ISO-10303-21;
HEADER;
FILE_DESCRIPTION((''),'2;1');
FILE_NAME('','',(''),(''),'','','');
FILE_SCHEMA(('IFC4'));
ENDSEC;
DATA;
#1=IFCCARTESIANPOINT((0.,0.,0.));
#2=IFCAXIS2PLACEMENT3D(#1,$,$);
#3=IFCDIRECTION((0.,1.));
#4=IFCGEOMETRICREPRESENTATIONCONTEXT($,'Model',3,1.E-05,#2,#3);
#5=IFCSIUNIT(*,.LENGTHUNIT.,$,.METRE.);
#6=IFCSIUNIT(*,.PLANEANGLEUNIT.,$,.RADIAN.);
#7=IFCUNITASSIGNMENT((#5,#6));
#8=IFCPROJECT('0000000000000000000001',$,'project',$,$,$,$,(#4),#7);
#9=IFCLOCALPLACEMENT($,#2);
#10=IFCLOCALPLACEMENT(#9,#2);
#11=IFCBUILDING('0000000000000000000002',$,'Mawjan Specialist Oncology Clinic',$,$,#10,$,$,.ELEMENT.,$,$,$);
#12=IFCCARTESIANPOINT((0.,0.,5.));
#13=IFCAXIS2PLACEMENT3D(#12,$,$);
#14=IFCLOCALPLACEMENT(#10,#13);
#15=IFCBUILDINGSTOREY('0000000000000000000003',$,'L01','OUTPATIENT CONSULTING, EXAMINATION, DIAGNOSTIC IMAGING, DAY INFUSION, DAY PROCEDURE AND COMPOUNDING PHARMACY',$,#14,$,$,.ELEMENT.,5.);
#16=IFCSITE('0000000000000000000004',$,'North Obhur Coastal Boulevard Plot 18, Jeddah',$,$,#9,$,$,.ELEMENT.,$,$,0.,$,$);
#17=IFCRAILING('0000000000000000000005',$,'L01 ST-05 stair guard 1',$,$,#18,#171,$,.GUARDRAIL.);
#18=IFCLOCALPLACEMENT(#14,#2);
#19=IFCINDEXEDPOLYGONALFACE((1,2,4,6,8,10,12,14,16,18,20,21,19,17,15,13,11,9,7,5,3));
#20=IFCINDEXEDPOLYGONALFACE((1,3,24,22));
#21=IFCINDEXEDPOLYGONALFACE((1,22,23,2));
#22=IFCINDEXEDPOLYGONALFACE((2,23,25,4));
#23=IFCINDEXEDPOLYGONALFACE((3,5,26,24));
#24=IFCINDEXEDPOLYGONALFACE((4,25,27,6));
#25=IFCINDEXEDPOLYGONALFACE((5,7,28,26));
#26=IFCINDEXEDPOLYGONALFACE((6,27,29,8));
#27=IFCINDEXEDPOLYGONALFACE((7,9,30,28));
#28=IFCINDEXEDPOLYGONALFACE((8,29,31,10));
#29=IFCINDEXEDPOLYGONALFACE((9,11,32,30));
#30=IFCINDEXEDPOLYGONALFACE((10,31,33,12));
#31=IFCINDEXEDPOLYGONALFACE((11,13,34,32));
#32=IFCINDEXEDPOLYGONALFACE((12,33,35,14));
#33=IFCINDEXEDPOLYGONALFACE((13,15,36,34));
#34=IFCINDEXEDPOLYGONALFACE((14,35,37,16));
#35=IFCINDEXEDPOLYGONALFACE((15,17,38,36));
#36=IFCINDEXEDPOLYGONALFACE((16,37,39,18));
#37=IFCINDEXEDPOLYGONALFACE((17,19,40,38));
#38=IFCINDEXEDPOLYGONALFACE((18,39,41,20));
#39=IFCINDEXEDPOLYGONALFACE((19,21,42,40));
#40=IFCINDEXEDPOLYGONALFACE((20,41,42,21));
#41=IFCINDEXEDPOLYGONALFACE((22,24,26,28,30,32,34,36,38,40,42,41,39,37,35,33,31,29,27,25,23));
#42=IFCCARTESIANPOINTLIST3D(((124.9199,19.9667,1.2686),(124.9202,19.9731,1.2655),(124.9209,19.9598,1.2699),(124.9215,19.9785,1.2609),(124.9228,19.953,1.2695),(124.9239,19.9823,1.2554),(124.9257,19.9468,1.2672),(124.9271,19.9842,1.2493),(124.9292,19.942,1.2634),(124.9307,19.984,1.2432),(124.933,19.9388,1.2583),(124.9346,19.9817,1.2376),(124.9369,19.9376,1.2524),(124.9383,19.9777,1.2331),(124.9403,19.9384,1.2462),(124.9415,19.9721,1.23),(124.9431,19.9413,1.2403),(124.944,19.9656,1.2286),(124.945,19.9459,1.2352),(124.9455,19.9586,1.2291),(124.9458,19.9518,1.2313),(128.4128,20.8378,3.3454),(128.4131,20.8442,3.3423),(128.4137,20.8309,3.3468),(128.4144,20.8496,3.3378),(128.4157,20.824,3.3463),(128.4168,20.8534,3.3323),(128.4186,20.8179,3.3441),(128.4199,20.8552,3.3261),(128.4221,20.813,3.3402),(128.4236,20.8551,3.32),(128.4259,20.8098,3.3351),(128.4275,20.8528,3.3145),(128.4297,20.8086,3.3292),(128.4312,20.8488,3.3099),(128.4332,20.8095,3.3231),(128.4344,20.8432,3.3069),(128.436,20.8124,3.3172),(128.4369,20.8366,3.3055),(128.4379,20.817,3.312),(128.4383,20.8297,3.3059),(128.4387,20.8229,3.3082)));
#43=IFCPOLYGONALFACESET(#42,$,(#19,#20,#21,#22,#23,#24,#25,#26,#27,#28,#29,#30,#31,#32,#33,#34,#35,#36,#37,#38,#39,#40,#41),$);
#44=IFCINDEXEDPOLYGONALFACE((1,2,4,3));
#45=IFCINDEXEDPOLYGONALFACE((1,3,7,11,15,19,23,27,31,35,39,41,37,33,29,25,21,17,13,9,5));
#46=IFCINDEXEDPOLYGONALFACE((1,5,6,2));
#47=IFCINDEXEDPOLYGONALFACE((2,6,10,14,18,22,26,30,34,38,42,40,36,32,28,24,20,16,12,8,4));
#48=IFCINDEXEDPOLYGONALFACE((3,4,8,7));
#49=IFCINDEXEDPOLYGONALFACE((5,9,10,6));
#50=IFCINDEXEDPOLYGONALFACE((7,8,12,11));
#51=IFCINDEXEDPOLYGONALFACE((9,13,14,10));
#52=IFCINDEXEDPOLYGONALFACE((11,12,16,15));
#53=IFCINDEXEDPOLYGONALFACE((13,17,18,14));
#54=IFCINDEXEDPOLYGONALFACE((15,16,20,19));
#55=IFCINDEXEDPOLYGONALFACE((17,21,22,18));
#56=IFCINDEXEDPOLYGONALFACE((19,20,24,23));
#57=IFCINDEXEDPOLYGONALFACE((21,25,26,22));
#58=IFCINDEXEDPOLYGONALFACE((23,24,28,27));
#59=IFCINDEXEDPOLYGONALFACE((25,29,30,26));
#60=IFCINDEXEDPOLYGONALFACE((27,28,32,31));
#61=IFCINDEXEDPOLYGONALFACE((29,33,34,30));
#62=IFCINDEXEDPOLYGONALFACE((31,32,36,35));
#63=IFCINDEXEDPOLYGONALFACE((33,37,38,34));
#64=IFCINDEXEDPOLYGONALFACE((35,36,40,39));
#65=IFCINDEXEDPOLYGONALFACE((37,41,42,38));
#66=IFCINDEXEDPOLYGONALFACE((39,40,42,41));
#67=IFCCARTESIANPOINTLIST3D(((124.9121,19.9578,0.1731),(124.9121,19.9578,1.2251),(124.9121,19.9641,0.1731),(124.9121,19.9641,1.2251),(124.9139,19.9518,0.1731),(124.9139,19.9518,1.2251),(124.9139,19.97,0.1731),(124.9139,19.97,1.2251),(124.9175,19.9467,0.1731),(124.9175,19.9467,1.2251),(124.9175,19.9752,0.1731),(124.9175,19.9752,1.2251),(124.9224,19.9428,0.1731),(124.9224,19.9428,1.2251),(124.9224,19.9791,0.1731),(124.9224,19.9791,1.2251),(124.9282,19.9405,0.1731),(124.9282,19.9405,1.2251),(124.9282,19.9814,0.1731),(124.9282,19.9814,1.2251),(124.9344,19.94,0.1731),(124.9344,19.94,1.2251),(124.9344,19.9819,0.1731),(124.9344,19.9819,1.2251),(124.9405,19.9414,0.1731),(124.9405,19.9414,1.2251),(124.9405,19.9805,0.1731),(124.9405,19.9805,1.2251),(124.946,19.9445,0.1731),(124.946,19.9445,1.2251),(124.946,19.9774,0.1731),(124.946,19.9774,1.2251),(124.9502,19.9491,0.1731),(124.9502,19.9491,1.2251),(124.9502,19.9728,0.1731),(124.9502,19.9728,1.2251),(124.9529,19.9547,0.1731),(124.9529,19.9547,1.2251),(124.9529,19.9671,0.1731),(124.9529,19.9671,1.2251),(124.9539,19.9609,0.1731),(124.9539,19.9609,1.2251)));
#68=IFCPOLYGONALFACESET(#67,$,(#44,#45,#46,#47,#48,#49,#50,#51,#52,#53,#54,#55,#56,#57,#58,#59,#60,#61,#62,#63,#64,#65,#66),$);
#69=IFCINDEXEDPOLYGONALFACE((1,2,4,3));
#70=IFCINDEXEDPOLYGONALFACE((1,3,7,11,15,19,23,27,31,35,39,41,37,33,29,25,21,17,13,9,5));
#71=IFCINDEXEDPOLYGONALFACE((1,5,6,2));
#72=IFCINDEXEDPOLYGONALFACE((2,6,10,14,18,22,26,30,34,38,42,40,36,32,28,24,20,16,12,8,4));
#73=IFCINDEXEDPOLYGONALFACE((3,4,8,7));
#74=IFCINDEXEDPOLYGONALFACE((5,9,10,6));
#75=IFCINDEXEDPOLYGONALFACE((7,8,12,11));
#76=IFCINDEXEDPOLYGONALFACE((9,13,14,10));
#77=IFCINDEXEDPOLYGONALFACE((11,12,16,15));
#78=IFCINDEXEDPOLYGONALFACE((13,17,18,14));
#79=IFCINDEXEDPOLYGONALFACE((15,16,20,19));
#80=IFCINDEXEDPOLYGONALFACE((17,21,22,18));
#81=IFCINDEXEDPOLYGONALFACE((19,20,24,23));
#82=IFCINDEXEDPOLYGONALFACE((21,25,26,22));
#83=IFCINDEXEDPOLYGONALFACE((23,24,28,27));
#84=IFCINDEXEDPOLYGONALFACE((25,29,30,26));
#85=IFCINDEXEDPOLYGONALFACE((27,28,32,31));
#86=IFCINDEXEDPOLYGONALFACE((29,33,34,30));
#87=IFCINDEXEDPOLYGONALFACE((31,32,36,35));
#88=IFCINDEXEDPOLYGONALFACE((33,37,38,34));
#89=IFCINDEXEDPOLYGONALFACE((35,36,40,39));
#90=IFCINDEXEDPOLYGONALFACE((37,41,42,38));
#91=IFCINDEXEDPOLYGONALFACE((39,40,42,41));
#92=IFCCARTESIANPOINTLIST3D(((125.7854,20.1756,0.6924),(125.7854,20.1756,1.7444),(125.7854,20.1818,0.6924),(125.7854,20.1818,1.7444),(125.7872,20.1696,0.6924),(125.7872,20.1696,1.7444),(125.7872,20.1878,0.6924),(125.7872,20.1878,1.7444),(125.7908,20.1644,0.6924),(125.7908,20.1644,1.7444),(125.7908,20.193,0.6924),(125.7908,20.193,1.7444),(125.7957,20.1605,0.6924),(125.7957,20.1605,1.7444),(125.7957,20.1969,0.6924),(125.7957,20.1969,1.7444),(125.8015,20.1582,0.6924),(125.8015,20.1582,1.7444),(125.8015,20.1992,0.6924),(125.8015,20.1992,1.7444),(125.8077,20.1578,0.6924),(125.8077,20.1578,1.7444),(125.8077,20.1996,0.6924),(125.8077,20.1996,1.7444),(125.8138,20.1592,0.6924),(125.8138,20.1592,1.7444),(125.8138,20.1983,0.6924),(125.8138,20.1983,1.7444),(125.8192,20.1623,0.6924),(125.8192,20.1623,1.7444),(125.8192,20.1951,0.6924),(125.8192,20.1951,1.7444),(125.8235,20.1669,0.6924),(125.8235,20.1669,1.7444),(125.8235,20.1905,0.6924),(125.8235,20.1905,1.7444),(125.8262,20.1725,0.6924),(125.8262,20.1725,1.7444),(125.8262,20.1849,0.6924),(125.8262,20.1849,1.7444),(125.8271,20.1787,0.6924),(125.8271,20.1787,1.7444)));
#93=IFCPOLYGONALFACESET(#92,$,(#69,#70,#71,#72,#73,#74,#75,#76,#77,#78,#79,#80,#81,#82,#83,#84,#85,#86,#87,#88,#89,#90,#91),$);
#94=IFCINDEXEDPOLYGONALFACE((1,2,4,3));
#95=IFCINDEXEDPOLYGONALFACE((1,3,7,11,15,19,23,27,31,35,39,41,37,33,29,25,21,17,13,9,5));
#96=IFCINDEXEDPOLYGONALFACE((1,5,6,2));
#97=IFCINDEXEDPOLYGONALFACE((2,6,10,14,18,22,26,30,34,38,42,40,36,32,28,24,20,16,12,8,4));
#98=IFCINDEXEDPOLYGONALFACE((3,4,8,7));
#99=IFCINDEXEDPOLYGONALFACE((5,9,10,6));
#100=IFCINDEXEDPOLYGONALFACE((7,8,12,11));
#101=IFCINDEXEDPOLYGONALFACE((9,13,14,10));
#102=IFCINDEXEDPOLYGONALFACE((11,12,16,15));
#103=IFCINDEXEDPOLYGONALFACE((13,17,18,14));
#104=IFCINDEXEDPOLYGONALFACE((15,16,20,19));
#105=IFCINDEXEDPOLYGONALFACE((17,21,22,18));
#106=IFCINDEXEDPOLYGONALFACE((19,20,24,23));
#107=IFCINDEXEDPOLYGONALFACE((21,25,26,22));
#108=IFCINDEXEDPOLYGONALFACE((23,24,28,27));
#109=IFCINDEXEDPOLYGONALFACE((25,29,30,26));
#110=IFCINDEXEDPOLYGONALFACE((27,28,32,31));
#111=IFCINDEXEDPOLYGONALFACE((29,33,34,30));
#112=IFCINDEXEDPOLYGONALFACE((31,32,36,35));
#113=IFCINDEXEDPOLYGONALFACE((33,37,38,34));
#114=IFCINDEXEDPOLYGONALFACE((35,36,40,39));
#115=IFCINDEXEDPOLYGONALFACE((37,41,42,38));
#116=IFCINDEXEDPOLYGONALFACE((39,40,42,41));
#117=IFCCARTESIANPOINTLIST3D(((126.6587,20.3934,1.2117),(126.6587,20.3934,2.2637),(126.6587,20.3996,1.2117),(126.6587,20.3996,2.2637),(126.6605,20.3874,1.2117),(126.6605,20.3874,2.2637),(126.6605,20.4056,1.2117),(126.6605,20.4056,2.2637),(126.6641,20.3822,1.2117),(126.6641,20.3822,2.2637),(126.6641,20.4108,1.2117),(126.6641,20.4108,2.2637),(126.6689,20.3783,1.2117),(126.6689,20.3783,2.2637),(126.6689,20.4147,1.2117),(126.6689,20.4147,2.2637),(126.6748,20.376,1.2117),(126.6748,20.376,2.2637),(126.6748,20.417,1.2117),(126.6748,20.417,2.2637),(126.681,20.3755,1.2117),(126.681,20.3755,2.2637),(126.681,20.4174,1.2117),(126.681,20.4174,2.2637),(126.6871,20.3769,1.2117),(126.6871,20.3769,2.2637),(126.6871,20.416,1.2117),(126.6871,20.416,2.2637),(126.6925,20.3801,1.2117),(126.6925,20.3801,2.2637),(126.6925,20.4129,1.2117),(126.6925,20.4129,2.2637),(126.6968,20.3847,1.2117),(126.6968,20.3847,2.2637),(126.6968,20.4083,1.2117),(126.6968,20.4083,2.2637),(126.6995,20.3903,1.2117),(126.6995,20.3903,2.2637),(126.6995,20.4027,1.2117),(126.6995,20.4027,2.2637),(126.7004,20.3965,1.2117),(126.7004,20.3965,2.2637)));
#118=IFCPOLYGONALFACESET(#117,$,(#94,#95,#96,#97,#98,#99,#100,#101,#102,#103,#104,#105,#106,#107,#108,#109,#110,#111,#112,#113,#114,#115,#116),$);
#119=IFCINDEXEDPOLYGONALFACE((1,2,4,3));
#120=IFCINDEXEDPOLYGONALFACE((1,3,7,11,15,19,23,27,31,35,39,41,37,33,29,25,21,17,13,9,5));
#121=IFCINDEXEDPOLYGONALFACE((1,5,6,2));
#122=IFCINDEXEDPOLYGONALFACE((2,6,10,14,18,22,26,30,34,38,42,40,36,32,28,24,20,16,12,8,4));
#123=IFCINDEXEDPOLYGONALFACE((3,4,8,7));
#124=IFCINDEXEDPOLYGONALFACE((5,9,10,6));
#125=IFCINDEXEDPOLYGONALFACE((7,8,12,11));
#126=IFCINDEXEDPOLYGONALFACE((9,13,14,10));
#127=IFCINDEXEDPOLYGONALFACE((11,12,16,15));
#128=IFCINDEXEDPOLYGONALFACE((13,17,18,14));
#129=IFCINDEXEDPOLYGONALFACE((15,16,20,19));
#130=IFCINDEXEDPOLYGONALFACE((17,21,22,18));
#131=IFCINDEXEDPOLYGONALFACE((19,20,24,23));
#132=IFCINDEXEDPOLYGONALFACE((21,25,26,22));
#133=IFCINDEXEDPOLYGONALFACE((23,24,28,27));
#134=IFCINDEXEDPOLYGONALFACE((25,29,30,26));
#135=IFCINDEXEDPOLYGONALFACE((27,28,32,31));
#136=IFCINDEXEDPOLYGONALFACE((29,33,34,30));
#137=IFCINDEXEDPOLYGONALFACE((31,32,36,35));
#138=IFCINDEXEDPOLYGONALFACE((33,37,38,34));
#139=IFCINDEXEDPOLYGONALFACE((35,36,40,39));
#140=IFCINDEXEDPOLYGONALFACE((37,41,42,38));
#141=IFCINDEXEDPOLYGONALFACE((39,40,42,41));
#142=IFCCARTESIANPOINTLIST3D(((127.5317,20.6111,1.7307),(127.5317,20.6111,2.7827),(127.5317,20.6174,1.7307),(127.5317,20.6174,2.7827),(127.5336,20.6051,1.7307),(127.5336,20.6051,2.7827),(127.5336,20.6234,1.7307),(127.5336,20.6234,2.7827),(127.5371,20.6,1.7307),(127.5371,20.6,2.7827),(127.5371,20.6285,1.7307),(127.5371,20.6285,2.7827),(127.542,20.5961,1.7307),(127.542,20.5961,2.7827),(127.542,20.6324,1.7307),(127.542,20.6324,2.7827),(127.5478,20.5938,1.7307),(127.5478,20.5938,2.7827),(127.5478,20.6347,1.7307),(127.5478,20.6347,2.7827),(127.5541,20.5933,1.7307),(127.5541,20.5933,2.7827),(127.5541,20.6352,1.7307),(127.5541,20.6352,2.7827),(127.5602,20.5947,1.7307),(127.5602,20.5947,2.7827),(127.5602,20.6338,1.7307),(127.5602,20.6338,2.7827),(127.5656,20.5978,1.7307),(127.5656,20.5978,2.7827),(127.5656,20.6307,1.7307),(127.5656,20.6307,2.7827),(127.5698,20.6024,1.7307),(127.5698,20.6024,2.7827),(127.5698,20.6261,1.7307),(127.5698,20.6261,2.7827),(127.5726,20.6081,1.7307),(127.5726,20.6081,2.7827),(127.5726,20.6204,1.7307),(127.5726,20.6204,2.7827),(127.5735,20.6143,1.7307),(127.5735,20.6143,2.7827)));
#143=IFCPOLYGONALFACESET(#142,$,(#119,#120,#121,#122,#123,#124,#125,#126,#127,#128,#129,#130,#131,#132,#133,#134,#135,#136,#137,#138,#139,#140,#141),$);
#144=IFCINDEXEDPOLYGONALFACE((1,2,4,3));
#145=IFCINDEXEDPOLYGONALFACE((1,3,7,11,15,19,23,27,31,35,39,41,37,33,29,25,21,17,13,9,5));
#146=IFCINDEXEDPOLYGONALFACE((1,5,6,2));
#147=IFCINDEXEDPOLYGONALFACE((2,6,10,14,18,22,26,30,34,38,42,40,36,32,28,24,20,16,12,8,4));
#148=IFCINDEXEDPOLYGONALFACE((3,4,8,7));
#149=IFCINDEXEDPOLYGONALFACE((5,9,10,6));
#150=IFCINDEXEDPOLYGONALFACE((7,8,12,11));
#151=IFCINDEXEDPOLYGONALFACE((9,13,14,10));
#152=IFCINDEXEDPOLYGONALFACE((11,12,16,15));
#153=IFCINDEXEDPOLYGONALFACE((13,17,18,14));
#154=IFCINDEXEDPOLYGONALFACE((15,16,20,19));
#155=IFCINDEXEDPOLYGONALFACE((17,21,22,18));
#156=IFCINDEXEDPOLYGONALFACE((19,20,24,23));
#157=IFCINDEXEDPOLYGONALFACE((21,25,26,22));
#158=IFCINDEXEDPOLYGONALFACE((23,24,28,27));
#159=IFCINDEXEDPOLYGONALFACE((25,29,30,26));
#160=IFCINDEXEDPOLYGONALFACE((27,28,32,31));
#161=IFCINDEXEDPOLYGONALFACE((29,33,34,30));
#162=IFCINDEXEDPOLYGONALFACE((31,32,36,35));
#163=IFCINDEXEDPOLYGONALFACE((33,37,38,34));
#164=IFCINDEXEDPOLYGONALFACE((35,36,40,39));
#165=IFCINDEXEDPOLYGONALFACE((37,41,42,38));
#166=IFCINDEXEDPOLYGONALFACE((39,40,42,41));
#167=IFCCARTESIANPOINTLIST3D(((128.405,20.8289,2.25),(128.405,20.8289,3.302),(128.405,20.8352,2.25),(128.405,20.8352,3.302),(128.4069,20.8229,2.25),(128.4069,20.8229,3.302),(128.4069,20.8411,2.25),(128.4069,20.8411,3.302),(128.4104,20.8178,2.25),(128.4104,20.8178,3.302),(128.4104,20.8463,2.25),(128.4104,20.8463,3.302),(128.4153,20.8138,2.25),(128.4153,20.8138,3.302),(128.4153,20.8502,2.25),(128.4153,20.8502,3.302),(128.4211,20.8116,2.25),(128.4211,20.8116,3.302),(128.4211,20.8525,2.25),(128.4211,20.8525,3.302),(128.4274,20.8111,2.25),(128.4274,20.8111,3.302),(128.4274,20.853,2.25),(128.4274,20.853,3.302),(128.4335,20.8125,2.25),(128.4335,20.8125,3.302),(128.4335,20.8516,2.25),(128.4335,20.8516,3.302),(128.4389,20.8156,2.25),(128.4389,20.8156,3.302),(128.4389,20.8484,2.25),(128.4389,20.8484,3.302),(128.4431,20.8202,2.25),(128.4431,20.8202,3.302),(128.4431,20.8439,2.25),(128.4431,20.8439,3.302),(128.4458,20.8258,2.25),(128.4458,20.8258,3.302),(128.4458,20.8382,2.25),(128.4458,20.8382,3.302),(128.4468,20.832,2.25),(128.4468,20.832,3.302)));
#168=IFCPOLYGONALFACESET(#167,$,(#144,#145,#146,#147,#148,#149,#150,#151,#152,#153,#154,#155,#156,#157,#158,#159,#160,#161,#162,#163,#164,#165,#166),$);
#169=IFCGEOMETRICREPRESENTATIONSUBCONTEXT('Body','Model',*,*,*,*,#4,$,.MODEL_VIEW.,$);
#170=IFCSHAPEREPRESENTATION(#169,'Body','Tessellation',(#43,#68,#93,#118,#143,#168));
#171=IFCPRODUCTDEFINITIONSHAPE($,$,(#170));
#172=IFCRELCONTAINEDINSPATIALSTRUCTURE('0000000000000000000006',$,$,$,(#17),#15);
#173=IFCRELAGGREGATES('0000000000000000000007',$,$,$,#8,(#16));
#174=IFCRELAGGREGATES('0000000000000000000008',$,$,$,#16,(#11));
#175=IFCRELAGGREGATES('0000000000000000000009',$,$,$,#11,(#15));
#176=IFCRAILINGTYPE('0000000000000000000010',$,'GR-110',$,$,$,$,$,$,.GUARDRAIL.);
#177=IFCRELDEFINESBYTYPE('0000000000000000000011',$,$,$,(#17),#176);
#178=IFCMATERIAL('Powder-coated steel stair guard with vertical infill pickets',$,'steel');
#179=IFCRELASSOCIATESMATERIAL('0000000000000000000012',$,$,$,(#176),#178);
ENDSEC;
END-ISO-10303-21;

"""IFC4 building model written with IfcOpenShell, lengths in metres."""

from ifc_helpers import new_model, si_unit, direction, frame, origin, origin_2d, place, context, subcontext, project, spatial, circle, extrude, material, type_object, element, save


model = new_model("IFC4")

# Units and contexts
model_context = context("Model", 3, precision=1e-05, world=origin(), true_north=direction((0.0, 1.0)))
body_context = subcontext(model_context, "Body", "Model", "MODEL_VIEW")
ifc_project = project(units=[si_unit("LENGTHUNIT", "METRE"), si_unit("PLANEANGLEUNIT", "RADIAN")], contexts=[model_context])

# Site, building, storey
site_placement = place(None, origin())
site = spatial("IfcSite", under=ifc_project, at=site_placement, Name="North Obhur Coastal Boulevard Plot 18, Jeddah", CompositionType="ELEMENT", RefElevation=0.0)
building_placement = place(site_placement, origin())
building = spatial("IfcBuilding", under=site, at=building_placement, Name="Mawjan Specialist Oncology Clinic", CompositionType="ELEMENT")
storey_placement = place(building_placement, frame((0.0, 0.0, 5.0)))
storey = spatial("IfcBuildingStorey", under=building, at=storey_placement, Name="L01", Description="OUTPATIENT CONSULTING, EXAMINATION, DIAGNOSTIC IMAGING, DAY INFUSION, DAY PROCEDURE AND COMPOUNDING PHARMACY", CompositionType="ELEMENT", Elevation=5.0)

# Railing
ifc_material_1 = material(Name="Powder-coated steel stair guard with vertical infill pickets", Category="steel")
railing_type_1 = type_object("IfcRailingType", Name="GR-110", PredefinedType="GUARDRAIL", material=ifc_material_1)
railing_1_placement = place(storey_placement, frame((124.9329, 19.9609, 0.1731)))
element("IfcRailing", 1, at=railing_1_placement, inside=storey, type_object=railing_type_1, Name="L01 ST-05 stair guard 1", PredefinedType="GUARDRAIL", context=body_context, shape_type="SweptSolid", body=[
    extrude(circle(Radius=0.0239, at=origin_2d()), frame((0.0, 0.0, 1.0762), z_axis=(0.84044, 0.209596, 0.499729), x_axis=(-0.241977, 0.970282, 0.0)), (0.0, 0.0, 1.0), 4.156),
    extrude(circle(Radius=0.021, at=origin_2d()), origin(), (0.0, 0.0, 1.0), 1.052),
    extrude(circle(Radius=0.021, at=origin_2d()), frame((0.8733, 0.2178, 0.5193)), (0.0, 0.0, 1.0), 1.052),
    extrude(circle(Radius=0.021, at=origin_2d()), frame((1.7466, 0.4355, 1.0386)), (0.0, 0.0, 1.0), 1.052),
    extrude(circle(Radius=0.021, at=origin_2d()), frame((2.6196, 0.6533, 1.5576)), (0.0, 0.0, 1.0), 1.052),
    extrude(circle(Radius=0.021, at=origin_2d()), frame((3.4929, 0.8711, 2.0769)), (0.0, 0.0, 1.0), 1.052),
])

save(model, "model.ifc")
